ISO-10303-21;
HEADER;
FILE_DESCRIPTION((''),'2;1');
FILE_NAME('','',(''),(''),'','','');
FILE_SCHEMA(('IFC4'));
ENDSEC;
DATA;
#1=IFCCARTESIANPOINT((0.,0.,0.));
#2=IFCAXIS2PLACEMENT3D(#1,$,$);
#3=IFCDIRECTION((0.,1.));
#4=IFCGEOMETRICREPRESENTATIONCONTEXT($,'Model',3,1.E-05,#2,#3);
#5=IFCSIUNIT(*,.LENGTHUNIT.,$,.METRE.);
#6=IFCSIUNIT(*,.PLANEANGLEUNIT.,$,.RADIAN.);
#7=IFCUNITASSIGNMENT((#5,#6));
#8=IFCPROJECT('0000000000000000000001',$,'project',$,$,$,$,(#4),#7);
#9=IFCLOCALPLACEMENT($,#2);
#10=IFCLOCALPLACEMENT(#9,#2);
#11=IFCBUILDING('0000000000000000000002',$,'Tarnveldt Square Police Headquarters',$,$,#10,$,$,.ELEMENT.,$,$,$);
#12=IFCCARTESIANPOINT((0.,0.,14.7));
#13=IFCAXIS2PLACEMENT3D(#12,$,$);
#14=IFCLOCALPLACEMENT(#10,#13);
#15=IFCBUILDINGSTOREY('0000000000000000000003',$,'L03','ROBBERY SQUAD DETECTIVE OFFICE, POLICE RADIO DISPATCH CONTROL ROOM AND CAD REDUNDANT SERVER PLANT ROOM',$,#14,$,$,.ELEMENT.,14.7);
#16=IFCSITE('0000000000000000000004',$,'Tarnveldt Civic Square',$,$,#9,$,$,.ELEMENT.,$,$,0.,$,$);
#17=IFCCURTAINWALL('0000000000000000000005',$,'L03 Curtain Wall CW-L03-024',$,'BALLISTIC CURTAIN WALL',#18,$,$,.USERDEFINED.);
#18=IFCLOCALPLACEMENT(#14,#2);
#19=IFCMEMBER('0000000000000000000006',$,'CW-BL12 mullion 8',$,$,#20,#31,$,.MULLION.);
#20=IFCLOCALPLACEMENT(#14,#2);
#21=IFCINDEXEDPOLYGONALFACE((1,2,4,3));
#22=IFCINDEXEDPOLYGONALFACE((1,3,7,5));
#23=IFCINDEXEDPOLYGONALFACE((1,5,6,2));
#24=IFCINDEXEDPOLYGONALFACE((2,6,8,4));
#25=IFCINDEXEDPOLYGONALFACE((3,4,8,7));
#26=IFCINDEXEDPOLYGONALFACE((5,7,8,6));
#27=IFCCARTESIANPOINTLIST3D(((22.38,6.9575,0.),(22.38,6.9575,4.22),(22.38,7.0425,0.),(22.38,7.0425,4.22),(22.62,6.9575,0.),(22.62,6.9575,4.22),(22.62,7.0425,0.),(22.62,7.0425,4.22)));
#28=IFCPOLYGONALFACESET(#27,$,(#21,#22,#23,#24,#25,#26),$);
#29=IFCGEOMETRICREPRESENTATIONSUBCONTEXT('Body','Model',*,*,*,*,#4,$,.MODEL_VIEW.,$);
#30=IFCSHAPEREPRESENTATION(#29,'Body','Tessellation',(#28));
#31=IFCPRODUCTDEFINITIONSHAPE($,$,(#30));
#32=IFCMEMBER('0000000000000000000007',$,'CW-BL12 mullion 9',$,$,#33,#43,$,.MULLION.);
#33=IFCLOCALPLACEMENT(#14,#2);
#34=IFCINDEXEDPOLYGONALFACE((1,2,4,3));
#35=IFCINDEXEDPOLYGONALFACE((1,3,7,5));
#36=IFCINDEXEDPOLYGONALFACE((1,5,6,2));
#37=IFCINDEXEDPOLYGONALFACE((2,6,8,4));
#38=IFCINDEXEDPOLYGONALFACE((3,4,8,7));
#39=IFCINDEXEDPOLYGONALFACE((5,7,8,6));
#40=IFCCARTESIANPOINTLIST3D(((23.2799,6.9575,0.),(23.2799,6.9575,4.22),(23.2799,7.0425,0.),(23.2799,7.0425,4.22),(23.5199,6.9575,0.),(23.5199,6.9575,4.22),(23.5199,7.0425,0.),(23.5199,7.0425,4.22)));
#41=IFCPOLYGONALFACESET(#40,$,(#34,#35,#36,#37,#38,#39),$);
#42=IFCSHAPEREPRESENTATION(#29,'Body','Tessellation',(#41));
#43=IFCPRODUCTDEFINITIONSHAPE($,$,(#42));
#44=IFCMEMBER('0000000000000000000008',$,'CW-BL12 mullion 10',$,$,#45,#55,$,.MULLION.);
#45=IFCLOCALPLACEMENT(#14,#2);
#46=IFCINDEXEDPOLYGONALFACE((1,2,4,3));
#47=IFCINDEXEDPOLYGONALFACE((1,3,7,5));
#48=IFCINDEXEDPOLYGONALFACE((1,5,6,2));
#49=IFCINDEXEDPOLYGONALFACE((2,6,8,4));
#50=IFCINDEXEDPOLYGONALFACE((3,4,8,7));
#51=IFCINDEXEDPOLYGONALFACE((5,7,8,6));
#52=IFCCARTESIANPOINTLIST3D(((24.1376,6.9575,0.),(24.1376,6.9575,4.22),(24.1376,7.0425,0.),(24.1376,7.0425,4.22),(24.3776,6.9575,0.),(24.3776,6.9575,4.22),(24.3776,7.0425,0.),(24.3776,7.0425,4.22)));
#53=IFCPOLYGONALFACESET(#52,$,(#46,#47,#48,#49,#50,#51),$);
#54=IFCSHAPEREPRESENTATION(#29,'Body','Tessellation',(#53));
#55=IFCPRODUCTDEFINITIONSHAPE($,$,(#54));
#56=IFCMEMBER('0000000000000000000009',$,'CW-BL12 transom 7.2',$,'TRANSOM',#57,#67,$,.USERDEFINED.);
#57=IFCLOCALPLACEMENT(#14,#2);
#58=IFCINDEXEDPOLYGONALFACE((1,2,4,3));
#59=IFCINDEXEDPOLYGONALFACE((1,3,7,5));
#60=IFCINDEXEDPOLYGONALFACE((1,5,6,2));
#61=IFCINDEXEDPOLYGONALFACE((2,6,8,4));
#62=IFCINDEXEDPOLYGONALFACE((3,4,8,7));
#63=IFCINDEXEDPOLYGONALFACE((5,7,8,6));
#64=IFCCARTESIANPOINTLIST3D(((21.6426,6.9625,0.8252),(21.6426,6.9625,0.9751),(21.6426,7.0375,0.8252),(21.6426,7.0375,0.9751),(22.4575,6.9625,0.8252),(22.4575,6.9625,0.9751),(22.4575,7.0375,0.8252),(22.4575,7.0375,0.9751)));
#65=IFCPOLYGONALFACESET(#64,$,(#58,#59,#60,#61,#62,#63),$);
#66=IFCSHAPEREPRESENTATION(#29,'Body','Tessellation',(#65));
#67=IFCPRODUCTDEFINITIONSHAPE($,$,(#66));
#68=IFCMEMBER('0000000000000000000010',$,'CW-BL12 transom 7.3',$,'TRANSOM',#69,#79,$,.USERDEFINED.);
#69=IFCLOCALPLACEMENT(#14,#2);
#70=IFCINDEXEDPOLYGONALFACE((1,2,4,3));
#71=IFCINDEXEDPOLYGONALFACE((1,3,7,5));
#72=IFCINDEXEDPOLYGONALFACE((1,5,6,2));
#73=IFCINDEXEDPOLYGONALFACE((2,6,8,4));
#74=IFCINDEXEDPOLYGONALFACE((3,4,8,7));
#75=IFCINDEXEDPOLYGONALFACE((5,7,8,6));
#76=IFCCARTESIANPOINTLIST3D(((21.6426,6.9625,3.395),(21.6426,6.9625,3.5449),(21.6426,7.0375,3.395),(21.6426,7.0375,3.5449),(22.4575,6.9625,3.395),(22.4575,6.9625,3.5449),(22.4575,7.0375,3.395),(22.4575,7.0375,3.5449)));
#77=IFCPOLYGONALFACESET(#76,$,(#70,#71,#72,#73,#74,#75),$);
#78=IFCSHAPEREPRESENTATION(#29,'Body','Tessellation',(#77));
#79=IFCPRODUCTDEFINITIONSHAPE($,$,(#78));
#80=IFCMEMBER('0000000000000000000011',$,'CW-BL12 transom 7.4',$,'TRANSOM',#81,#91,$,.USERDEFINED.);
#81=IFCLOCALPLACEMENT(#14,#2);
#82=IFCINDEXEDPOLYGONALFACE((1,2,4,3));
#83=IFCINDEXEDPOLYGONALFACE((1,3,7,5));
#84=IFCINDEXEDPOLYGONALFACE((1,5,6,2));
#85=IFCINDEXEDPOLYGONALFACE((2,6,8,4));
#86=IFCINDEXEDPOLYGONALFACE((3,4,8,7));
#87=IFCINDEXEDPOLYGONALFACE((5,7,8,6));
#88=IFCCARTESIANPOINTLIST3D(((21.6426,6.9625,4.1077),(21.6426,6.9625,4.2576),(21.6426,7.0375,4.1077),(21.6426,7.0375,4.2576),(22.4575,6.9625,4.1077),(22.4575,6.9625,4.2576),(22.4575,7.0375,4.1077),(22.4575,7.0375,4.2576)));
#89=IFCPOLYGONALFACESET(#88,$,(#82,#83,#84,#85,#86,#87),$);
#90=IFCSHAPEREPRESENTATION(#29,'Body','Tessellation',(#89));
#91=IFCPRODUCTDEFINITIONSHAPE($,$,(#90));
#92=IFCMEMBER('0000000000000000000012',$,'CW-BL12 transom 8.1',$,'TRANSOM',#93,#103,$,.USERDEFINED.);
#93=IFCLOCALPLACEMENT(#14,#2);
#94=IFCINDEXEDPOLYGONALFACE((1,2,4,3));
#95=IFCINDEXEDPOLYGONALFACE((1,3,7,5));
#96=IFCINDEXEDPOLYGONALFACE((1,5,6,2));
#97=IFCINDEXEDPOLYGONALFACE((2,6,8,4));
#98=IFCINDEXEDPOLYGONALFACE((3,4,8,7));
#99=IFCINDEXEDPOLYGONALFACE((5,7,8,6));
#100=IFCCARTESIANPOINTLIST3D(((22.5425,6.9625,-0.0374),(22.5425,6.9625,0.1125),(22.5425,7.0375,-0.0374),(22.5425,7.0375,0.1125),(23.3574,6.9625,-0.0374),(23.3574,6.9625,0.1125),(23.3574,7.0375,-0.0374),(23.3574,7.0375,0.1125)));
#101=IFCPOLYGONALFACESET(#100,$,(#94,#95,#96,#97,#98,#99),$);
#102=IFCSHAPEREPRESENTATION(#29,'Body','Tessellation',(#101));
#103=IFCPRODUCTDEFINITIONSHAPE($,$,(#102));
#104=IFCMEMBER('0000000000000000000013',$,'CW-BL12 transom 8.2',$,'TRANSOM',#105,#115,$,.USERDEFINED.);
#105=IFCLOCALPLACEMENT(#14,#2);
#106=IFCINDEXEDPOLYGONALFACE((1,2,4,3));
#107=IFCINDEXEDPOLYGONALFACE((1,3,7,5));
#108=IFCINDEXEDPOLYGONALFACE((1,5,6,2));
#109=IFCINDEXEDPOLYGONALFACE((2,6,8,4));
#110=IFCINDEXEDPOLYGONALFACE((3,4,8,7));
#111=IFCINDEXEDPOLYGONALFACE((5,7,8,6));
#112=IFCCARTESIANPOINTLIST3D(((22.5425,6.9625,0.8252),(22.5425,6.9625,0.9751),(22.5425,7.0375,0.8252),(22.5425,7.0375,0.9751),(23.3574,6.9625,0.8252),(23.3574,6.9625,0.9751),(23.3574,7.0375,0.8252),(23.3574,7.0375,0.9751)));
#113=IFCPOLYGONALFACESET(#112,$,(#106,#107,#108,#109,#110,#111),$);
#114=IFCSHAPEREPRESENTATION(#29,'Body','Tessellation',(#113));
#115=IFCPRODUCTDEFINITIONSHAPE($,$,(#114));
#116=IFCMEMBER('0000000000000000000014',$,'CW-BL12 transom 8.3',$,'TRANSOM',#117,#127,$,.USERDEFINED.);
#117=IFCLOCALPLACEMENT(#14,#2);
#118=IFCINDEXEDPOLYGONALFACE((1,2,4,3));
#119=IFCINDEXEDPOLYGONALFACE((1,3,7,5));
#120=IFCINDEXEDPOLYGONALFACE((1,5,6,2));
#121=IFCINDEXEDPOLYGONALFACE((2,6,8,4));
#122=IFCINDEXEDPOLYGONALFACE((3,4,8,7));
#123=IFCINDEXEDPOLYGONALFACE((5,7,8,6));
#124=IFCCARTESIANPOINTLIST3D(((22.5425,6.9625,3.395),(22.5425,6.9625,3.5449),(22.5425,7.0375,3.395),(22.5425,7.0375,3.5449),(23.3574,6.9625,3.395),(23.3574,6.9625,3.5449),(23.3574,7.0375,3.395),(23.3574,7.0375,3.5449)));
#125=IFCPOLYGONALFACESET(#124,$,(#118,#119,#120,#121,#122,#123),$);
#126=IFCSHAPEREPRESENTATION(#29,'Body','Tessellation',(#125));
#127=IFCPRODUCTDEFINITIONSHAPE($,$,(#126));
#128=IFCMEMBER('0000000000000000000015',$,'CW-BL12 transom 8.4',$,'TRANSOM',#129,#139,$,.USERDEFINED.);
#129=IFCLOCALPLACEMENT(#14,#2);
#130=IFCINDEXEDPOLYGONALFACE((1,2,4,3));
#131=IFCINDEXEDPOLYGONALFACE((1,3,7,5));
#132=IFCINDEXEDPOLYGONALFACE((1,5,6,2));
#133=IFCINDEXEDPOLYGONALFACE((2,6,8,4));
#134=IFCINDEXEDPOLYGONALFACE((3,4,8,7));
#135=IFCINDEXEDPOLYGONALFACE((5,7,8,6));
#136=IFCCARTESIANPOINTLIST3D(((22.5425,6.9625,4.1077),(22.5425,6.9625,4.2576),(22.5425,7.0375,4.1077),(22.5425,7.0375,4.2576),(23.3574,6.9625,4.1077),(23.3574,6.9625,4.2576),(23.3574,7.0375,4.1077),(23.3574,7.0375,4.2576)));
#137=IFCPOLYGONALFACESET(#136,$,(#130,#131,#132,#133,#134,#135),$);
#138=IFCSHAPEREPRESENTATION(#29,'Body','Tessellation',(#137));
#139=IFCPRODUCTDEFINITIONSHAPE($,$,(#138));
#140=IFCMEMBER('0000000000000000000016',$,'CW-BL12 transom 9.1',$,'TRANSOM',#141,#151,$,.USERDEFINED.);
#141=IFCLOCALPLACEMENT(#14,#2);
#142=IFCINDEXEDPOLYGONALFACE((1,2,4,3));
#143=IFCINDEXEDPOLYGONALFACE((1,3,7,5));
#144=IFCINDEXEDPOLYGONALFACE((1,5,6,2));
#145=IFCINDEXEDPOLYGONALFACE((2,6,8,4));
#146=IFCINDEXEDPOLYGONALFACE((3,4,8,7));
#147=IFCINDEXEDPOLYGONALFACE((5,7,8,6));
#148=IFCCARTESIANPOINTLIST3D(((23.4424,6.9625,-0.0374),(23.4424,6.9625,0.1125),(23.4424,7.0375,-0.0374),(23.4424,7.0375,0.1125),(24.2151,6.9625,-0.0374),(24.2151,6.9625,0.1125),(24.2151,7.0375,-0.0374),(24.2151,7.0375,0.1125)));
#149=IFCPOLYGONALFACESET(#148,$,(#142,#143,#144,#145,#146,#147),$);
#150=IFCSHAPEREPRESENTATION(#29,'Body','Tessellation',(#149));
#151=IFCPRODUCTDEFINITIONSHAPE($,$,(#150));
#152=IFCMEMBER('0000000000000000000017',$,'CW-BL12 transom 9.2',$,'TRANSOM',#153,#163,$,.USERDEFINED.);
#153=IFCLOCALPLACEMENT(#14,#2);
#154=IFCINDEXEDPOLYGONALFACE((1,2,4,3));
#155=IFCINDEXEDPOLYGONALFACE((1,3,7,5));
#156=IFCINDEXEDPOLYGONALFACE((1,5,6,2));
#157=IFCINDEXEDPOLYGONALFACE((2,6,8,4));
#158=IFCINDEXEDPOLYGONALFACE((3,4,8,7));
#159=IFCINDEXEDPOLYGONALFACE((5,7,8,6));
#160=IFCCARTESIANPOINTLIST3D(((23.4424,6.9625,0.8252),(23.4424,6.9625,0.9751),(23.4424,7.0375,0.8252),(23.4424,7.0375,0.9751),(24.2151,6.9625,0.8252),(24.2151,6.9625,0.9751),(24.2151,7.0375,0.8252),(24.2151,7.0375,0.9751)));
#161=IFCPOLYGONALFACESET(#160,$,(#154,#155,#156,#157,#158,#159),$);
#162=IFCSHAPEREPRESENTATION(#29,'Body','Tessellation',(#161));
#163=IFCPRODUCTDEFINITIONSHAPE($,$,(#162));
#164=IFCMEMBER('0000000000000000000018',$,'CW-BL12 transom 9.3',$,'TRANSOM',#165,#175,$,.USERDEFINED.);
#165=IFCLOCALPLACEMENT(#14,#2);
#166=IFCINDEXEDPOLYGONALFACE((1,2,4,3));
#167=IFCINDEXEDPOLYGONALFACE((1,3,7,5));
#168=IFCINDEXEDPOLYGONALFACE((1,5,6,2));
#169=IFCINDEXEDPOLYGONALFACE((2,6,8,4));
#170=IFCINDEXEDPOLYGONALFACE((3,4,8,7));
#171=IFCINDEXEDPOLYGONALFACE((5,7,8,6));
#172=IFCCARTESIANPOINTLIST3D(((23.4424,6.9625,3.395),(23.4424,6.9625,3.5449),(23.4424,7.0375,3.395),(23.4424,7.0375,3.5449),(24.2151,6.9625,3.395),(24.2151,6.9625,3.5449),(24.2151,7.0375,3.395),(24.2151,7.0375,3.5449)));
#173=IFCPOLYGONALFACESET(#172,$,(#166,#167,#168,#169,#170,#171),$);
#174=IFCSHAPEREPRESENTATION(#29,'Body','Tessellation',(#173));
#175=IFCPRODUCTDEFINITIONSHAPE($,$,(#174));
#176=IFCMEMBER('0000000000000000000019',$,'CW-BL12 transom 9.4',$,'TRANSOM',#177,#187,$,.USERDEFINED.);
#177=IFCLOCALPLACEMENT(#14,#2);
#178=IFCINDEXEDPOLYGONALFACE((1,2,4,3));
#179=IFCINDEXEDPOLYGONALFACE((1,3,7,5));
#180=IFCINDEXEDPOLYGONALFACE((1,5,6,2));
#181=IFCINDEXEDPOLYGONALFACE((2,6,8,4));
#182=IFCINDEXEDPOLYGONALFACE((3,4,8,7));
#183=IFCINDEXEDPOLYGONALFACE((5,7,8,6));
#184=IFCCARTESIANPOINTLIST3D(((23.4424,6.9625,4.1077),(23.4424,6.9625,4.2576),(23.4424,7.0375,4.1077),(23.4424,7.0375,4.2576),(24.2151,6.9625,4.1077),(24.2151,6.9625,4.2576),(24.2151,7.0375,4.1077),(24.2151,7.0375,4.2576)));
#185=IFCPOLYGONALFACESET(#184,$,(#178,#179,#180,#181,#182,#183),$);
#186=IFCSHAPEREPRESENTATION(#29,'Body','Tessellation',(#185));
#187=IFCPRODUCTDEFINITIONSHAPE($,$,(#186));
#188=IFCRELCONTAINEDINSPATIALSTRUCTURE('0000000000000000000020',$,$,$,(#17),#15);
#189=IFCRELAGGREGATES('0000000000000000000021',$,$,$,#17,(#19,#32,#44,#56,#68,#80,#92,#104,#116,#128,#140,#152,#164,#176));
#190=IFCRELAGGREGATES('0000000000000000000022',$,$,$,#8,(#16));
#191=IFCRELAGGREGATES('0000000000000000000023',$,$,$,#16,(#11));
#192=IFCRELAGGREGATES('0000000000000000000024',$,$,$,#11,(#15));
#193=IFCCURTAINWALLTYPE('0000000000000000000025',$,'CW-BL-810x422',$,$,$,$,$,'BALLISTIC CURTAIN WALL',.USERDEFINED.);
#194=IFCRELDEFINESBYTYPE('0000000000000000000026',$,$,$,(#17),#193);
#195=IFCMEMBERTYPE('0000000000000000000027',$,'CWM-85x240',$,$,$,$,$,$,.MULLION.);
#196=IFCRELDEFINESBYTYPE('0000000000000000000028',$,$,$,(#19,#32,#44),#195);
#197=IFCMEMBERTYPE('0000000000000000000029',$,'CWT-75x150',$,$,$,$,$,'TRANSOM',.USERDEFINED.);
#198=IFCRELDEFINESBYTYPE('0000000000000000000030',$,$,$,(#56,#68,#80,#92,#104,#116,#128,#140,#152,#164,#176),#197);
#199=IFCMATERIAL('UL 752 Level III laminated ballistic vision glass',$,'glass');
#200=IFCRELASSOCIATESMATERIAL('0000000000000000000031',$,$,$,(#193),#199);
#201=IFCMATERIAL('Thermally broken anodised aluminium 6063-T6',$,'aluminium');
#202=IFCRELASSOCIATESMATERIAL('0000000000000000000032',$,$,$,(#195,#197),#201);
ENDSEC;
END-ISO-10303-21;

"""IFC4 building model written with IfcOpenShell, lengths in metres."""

from ifc_helpers import new_model, si_unit, direction, frame, origin, origin_2d, place, context, subcontext, project, spatial, rectangle, extrude, material, material_profile, profile_set, type_object, element, aggregate, save


model = new_model("IFC4")

# Units and contexts
model_context = context("Model", 3, precision=1e-05, world=origin(), true_north=direction((0.0, 1.0)))
body_context = subcontext(model_context, "Body", "Model", "MODEL_VIEW")
ifc_project = project(units=[si_unit("LENGTHUNIT", "METRE"), si_unit("PLANEANGLEUNIT", "RADIAN")], contexts=[model_context])

# Site, building, storey
site_placement = place(None, origin())
site = spatial("IfcSite", under=ifc_project, at=site_placement, Name="Tarnveldt Civic Square", CompositionType="ELEMENT", RefElevation=0.0)
building_placement = place(site_placement, origin())
building = spatial("IfcBuilding", under=site, at=building_placement, Name="Tarnveldt Square Police Headquarters", CompositionType="ELEMENT")
storey_placement = place(building_placement, frame((0.0, 0.0, 14.7)))
storey = spatial("IfcBuildingStorey", under=building, at=storey_placement, Name="L03", Description="ROBBERY SQUAD DETECTIVE OFFICE, POLICE RADIO DISPATCH CONTROL ROOM AND CAD REDUNDANT SERVER PLANT ROOM", CompositionType="ELEMENT", Elevation=14.7)

# Curtain wall, members
ifc_material_1 = material(Name="UL 752 Level III laminated ballistic vision glass", Category="glass")
curtain_wall_type = type_object("IfcCurtainWallType", Name="CW-BL-810x422", ElementType="BALLISTIC CURTAIN WALL", PredefinedType="USERDEFINED", material=ifc_material_1)
curtain_wall_placement = place(storey_placement, origin())
curtain_wall = element("IfcCurtainWall", 1, at=curtain_wall_placement, inside=storey, type_object=curtain_wall_type, Name="L03 Curtain Wall CW-L03-024", ObjectType="BALLISTIC CURTAIN WALL", PredefinedType="USERDEFINED")
ifc_material_2 = material(Name="Thermally broken anodised aluminium 6063-T6", Category="aluminium")
ifc_material_profile_1 = material_profile(ifc_material_2, rectangle(XDim=0.085, YDim=0.24, at=origin_2d()), Name="CW-M85x240")
ifc_profile_set_1 = profile_set([ifc_material_profile_1], Name="Thermally broken anodised aluminium 6063-T6")
member_type_1 = type_object("IfcMemberType", Name="CWM-85x240", PredefinedType="MULLION", material=ifc_profile_set_1)
member_1_placement = place(storey_placement, frame((22.5, 7.0, 0.0), z_axis=(0.0, 0.0, 1.0), x_axis=(0.0, 1.0, 0.0)))
member_1 = element("IfcMember", 2, at=member_1_placement, type_object=member_type_1, Name="CW-BL12 mullion 8", PredefinedType="MULLION", context=body_context, shape_type="SweptSolid", body=[
    extrude(rectangle(XDim=0.085, YDim=0.24, at=origin_2d()), origin(), (0.0, 0.0, 1.0), 4.22),
])
member_2_placement = place(storey_placement, frame((23.3999, 7.0, 0.0), z_axis=(0.0, 0.0, 1.0), x_axis=(0.0, 1.0, 0.0)))
member_2 = element("IfcMember", 3, at=member_2_placement, type_object=member_type_1, Name="CW-BL12 mullion 9", PredefinedType="MULLION", context=body_context, shape_type="SweptSolid", body=[
    extrude(rectangle(XDim=0.085, YDim=0.24, at=origin_2d()), origin(), (0.0, 0.0, 1.0), 4.22),
])
member_3_placement = place(storey_placement, frame((24.2576, 7.0, 0.0), z_axis=(0.0, 0.0, 1.0), x_axis=(0.0, 1.0, 0.0)))
member_3 = element("IfcMember", 4, at=member_3_placement, type_object=member_type_1, Name="CW-BL12 mullion 10", PredefinedType="MULLION", context=body_context, shape_type="SweptSolid", body=[
    extrude(rectangle(XDim=0.085, YDim=0.24, at=origin_2d()), origin(), (0.0, 0.0, 1.0), 4.22),
])
ifc_material_profile_2 = material_profile(ifc_material_2, rectangle(XDim=0.075, YDim=0.1499, at=origin_2d()), Name="CW-T75x150")
ifc_profile_set_2 = profile_set([ifc_material_profile_2], Name="Thermally broken anodised aluminium 6063-T6")
member_type_2 = type_object("IfcMemberType", Name="CWT-75x150", ElementType="TRANSOM", PredefinedType="USERDEFINED", material=ifc_profile_set_2)
member_4_placement = place(storey_placement, frame((21.6426, 7.0, 0.9001), z_axis=(1.0, 0.0, 0.0), x_axis=(0.0, 1.0, 0.0)))
member_4 = element("IfcMember", 5, at=member_4_placement, type_object=member_type_2, Name="CW-BL12 transom 7.2", ObjectType="TRANSOM", PredefinedType="USERDEFINED", context=body_context, shape_type="SweptSolid", body=[
    extrude(rectangle(XDim=0.075, YDim=0.1499, at=origin_2d()), origin(), (0.0, 0.0, 1.0), 0.8149),
])
member_5_placement = place(storey_placement, frame((21.6426, 7.0, 3.47), z_axis=(1.0, 0.0, 0.0), x_axis=(0.0, 1.0, 0.0)))
member_5 = element("IfcMember", 6, at=member_5_placement, type_object=member_type_2, Name="CW-BL12 transom 7.3", ObjectType="TRANSOM", PredefinedType="USERDEFINED", context=body_context, shape_type="SweptSolid", body=[
    extrude(rectangle(XDim=0.075, YDim=0.1499, at=origin_2d()), origin(), (0.0, 0.0, 1.0), 0.8149),
])
member_6_placement = place(storey_placement, frame((21.6426, 7.0, 4.1826), z_axis=(1.0, 0.0, 0.0), x_axis=(0.0, 1.0, 0.0)))
member_6 = element("IfcMember", 7, at=member_6_placement, type_object=member_type_2, Name="CW-BL12 transom 7.4", ObjectType="TRANSOM", PredefinedType="USERDEFINED", context=body_context, shape_type="SweptSolid", body=[
    extrude(rectangle(XDim=0.075, YDim=0.1499, at=origin_2d()), origin(), (0.0, 0.0, 1.0), 0.8149),
])
member_7_placement = place(storey_placement, frame((22.5425, 7.0, 0.0376), z_axis=(1.0, 0.0, 0.0), x_axis=(0.0, 1.0, 0.0)))
member_7 = element("IfcMember", 8, at=member_7_placement, type_object=member_type_2, Name="CW-BL12 transom 8.1", ObjectType="TRANSOM", PredefinedType="USERDEFINED", context=body_context, shape_type="SweptSolid", body=[
    extrude(rectangle(XDim=0.075, YDim=0.1499, at=origin_2d()), origin(), (0.0, 0.0, 1.0), 0.8149),
])
member_8_placement = place(storey_placement, frame((22.5425, 7.0, 0.9001), z_axis=(1.0, 0.0, 0.0), x_axis=(0.0, 1.0, 0.0)))
member_8 = element("IfcMember", 9, at=member_8_placement, type_object=member_type_2, Name="CW-BL12 transom 8.2", ObjectType="TRANSOM", PredefinedType="USERDEFINED", context=body_context, shape_type="SweptSolid", body=[
    extrude(rectangle(XDim=0.075, YDim=0.1499, at=origin_2d()), origin(), (0.0, 0.0, 1.0), 0.8149),
])
member_9_placement = place(storey_placement, frame((22.5425, 7.0, 3.47), z_axis=(1.0, 0.0, 0.0), x_axis=(0.0, 1.0, 0.0)))
member_9 = element("IfcMember", 10, at=member_9_placement, type_object=member_type_2, Name="CW-BL12 transom 8.3", ObjectType="TRANSOM", PredefinedType="USERDEFINED", context=body_context, shape_type="SweptSolid", body=[
    extrude(rectangle(XDim=0.075, YDim=0.1499, at=origin_2d()), origin(), (0.0, 0.0, 1.0), 0.8149),
])
member_10_placement = place(storey_placement, frame((22.5425, 7.0, 4.1826), z_axis=(1.0, 0.0, 0.0), x_axis=(0.0, 1.0, 0.0)))
member_10 = element("IfcMember", 11, at=member_10_placement, type_object=member_type_2, Name="CW-BL12 transom 8.4", ObjectType="TRANSOM", PredefinedType="USERDEFINED", context=body_context, shape_type="SweptSolid", body=[
    extrude(rectangle(XDim=0.075, YDim=0.1499, at=origin_2d()), origin(), (0.0, 0.0, 1.0), 0.8149),
])
member_11_placement = place(storey_placement, frame((23.4424, 7.0, 0.0376), z_axis=(1.0, 0.0, 0.0), x_axis=(0.0, 1.0, 0.0)))
member_11 = element("IfcMember", 12, at=member_11_placement, type_object=member_type_2, Name="CW-BL12 transom 9.1", ObjectType="TRANSOM", PredefinedType="USERDEFINED", context=body_context, shape_type="SweptSolid", body=[
    extrude(rectangle(XDim=0.075, YDim=0.1499, at=origin_2d()), origin(), (0.0, 0.0, 1.0), 0.7727),
])
member_12_placement = place(storey_placement, frame((23.4424, 7.0, 0.9001), z_axis=(1.0, 0.0, 0.0), x_axis=(0.0, 1.0, 0.0)))
member_12 = element("IfcMember", 13, at=member_12_placement, type_object=member_type_2, Name="CW-BL12 transom 9.2", ObjectType="TRANSOM", PredefinedType="USERDEFINED", context=body_context, shape_type="SweptSolid", body=[
    extrude(rectangle(XDim=0.075, YDim=0.1499, at=origin_2d()), origin(), (0.0, 0.0, 1.0), 0.7727),
])
member_13_placement = place(storey_placement, frame((23.4424, 7.0, 3.47), z_axis=(1.0, 0.0, 0.0), x_axis=(0.0, 1.0, 0.0)))
member_13 = element("IfcMember", 14, at=member_13_placement, type_object=member_type_2, Name="CW-BL12 transom 9.3", ObjectType="TRANSOM", PredefinedType="USERDEFINED", context=body_context, shape_type="SweptSolid", body=[
    extrude(rectangle(XDim=0.075, YDim=0.1499, at=origin_2d()), origin(), (0.0, 0.0, 1.0), 0.7727),
])
member_14_placement = place(storey_placement, frame((23.4424, 7.0, 4.1826), z_axis=(1.0, 0.0, 0.0), x_axis=(0.0, 1.0, 0.0)))
member_14 = element("IfcMember", 15, at=member_14_placement, type_object=member_type_2, Name="CW-BL12 transom 9.4", ObjectType="TRANSOM", PredefinedType="USERDEFINED", context=body_context, shape_type="SweptSolid", body=[
    extrude(rectangle(XDim=0.075, YDim=0.1499, at=origin_2d()), origin(), (0.0, 0.0, 1.0), 0.7727),
])

aggregate(curtain_wall, [member_1, member_2, member_3, member_4, member_5, member_6, member_7, member_8, member_9, member_10, member_11, member_12, member_13, member_14])

save(model, "model.ifc")
